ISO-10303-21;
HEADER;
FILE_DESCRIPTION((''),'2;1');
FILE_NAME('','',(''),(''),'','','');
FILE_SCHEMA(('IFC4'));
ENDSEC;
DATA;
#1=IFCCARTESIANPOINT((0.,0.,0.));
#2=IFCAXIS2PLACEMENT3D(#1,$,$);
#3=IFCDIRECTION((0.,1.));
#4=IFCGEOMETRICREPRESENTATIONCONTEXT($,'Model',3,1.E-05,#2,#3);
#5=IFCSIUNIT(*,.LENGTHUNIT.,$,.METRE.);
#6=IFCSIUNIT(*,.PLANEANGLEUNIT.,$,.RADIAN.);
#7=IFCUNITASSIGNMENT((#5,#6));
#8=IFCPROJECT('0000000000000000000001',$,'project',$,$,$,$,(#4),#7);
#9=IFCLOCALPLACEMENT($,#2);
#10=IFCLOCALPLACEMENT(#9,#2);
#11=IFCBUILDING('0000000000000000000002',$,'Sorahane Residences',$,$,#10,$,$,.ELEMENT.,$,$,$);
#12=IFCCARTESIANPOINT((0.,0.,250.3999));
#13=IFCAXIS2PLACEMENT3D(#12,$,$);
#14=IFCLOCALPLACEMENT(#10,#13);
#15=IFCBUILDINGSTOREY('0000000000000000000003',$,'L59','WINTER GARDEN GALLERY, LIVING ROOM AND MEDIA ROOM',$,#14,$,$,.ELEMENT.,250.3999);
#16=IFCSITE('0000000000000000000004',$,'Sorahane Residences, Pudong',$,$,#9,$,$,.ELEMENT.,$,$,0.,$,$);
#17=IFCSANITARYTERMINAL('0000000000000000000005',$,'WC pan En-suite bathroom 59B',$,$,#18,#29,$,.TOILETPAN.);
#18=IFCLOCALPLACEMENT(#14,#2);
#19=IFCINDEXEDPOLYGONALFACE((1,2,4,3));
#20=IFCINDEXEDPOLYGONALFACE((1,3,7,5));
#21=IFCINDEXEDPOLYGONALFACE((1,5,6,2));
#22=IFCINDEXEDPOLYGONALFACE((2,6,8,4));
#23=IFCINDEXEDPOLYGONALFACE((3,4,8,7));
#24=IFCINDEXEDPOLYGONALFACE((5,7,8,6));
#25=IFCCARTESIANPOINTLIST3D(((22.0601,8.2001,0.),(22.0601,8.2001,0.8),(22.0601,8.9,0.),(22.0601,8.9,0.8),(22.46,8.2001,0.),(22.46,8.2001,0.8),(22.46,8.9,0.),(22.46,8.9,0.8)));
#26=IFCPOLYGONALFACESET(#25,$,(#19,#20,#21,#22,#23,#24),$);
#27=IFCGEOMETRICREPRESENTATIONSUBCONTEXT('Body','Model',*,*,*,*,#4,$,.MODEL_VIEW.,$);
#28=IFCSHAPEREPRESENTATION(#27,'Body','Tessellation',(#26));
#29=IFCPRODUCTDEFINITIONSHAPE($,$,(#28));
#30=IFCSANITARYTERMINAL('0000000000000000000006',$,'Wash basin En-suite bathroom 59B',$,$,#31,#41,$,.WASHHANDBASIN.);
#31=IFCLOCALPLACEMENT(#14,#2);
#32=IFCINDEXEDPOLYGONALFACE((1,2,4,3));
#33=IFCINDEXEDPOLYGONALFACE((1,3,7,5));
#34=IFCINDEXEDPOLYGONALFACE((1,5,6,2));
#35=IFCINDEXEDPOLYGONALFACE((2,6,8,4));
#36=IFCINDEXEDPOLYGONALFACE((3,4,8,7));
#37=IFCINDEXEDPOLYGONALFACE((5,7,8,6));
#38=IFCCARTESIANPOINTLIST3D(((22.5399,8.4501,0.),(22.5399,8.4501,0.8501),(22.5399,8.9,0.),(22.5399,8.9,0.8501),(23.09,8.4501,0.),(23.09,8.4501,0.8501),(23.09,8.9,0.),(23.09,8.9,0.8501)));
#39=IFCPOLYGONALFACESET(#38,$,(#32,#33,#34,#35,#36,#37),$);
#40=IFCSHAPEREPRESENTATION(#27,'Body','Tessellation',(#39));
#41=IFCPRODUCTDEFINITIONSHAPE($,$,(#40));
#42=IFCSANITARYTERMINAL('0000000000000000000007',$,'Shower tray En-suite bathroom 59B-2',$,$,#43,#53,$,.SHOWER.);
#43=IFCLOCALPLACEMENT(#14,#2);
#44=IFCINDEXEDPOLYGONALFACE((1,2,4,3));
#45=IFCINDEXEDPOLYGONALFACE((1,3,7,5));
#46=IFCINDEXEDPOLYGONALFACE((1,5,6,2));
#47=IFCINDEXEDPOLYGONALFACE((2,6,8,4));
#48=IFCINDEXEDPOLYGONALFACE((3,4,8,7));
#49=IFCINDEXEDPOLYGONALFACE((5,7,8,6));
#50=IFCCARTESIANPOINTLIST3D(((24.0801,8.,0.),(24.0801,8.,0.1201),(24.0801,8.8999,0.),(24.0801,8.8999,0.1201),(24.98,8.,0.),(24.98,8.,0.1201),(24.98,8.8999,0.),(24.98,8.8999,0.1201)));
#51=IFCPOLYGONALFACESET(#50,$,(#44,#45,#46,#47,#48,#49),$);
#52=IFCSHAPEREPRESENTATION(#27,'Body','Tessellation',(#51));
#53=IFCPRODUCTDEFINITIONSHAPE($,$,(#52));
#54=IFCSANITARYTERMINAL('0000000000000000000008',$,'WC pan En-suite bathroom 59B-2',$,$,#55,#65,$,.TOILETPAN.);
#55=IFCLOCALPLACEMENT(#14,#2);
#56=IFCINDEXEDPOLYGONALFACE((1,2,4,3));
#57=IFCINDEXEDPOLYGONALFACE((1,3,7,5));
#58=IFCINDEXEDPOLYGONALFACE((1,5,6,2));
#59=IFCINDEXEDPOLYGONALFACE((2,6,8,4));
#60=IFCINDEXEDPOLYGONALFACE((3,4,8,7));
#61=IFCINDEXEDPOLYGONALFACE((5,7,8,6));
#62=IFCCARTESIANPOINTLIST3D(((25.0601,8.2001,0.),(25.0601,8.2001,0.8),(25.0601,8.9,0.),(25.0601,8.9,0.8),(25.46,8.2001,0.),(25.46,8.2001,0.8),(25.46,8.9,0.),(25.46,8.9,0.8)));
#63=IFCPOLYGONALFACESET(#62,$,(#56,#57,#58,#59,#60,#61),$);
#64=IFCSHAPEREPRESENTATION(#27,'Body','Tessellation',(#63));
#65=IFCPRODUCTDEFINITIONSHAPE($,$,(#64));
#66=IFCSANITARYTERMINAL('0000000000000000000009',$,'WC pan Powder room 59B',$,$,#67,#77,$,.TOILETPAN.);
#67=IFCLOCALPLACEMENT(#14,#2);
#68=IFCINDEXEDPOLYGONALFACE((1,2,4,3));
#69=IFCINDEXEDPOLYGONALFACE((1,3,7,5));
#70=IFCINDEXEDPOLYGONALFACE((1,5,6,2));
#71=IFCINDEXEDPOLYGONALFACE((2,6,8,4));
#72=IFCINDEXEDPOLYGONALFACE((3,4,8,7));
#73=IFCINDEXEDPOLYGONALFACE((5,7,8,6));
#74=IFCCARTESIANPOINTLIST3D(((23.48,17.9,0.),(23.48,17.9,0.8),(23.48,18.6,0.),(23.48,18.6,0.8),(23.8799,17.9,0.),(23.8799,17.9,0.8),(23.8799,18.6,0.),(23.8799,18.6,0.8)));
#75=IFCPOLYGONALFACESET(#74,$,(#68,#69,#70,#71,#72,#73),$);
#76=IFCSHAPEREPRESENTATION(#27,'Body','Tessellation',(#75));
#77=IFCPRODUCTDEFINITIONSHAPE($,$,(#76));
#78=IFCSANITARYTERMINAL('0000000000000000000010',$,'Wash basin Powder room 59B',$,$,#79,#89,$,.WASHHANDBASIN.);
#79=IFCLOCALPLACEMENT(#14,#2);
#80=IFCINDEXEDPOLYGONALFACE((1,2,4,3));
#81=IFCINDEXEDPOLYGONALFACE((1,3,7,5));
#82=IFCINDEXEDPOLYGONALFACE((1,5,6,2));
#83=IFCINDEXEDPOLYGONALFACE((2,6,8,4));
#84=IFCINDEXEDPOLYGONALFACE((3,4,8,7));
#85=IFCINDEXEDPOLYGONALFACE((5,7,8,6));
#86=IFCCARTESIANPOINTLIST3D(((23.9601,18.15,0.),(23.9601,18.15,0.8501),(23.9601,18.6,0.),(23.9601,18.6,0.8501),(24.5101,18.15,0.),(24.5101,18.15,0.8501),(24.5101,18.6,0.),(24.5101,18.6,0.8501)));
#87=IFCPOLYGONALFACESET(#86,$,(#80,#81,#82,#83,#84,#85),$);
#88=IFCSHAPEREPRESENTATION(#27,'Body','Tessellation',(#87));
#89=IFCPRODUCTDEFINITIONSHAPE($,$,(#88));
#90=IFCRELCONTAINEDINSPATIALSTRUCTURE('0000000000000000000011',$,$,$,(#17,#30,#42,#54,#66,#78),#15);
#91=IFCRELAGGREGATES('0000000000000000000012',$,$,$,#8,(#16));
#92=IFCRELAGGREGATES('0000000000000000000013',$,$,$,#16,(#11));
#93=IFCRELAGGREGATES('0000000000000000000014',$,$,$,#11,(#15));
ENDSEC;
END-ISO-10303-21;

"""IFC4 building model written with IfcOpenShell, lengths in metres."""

from ifc_helpers import new_model, si_unit, direction, frame, origin, origin_2d, place, context, subcontext, project, spatial, rectangle, extrude, element, save


model = new_model("IFC4")

# Units and contexts
model_context = context("Model", 3, precision=1e-05, world=origin(), true_north=direction((0.0, 1.0)))
body_context = subcontext(model_context, "Body", "Model", "MODEL_VIEW")
ifc_project = project(units=[si_unit("LENGTHUNIT", "METRE"), si_unit("PLANEANGLEUNIT", "RADIAN")], contexts=[model_context])

# Site, building, storey
site_placement = place(None, origin())
site = spatial("IfcSite", under=ifc_project, at=site_placement, Name="Sorahane Residences, Pudong", CompositionType="ELEMENT", RefElevation=0.0)
building_placement = place(site_placement, origin())
building = spatial("IfcBuilding", under=site, at=building_placement, Name="Sorahane Residences", CompositionType="ELEMENT")
storey_placement = place(building_placement, frame((0.0, 0.0, 250.3999)))
storey = spatial("IfcBuildingStorey", under=building, at=storey_placement, Name="L59", Description="WINTER GARDEN GALLERY, LIVING ROOM AND MEDIA ROOM", CompositionType="ELEMENT", Elevation=250.3999)

# Sanitary terminals
sanitary_terminal_1_placement = place(storey_placement, frame((22.26, 8.55, 0.0), z_axis=(0.0, 0.0, 1.0), x_axis=(1.0, 0.0, 0.0)))
element("IfcSanitaryTerminal", 1, at=sanitary_terminal_1_placement, inside=storey, Name="WC pan En-suite bathroom 59B", PredefinedType="TOILETPAN", context=body_context, shape_type="SweptSolid", body=[
    extrude(rectangle(XDim=0.3999, YDim=0.7, at=origin_2d()), origin(), (0.0, 0.0, 1.0), 0.8),
])
sanitary_terminal_2_placement = place(storey_placement, frame((22.8149, 8.675, 0.0), z_axis=(0.0, 0.0, 1.0), x_axis=(1.0, 0.0, 0.0)))
element("IfcSanitaryTerminal", 2, at=sanitary_terminal_2_placement, inside=storey, Name="Wash basin En-suite bathroom 59B", PredefinedType="WASHHANDBASIN", context=body_context, shape_type="SweptSolid", body=[
    extrude(rectangle(XDim=0.55, YDim=0.45, at=origin_2d()), origin(), (0.0, 0.0, 1.0), 0.8501),
])
sanitary_terminal_3_placement = place(storey_placement, frame((24.53, 8.45, 0.0), z_axis=(0.0, 0.0, 1.0), x_axis=(1.0, 0.0, 0.0)))
element("IfcSanitaryTerminal", 3, at=sanitary_terminal_3_placement, inside=storey, Name="Shower tray En-suite bathroom 59B-2", PredefinedType="SHOWER", context=body_context, shape_type="SweptSolid", body=[
    extrude(rectangle(XDim=0.8999, YDim=0.8999, at=origin_2d()), origin(), (0.0, 0.0, 1.0), 0.1201),
])
for number, where, z_axis, x_axis, name in (
    (4, (25.26, 8.55, 0.0), (0.0, 0.0, 1.0), (1.0, 0.0, 0.0), "WC pan En-suite bathroom 59B-2"),
    (5, (23.6799, 18.25, 0.0), (0.0, 0.0, 1.0), (1.0, 0.0, 0.0), "WC pan Powder room 59B"),
):
    element("IfcSanitaryTerminal", number, at=place(storey_placement, frame(where, z_axis=z_axis, x_axis=x_axis)), inside=storey, Name=name, PredefinedType="TOILETPAN", context=body_context, shape_type="SweptSolid", body=[
        extrude(rectangle(XDim=0.3999, YDim=0.7, at=origin_2d()), origin(), (0.0, 0.0, 1.0), 0.8),
    ])
sanitary_terminal_4_placement = place(storey_placement, frame((24.2351, 18.375, 0.0), z_axis=(0.0, 0.0, 1.0), x_axis=(1.0, 0.0, 0.0)))
element("IfcSanitaryTerminal", 6, at=sanitary_terminal_4_placement, inside=storey, Name="Wash basin Powder room 59B", PredefinedType="WASHHANDBASIN", context=body_context, shape_type="SweptSolid", body=[
    extrude(rectangle(XDim=0.55, YDim=0.45, at=origin_2d()), origin(), (0.0, 0.0, 1.0), 0.8501),
])

save(model, "model.ifc")
